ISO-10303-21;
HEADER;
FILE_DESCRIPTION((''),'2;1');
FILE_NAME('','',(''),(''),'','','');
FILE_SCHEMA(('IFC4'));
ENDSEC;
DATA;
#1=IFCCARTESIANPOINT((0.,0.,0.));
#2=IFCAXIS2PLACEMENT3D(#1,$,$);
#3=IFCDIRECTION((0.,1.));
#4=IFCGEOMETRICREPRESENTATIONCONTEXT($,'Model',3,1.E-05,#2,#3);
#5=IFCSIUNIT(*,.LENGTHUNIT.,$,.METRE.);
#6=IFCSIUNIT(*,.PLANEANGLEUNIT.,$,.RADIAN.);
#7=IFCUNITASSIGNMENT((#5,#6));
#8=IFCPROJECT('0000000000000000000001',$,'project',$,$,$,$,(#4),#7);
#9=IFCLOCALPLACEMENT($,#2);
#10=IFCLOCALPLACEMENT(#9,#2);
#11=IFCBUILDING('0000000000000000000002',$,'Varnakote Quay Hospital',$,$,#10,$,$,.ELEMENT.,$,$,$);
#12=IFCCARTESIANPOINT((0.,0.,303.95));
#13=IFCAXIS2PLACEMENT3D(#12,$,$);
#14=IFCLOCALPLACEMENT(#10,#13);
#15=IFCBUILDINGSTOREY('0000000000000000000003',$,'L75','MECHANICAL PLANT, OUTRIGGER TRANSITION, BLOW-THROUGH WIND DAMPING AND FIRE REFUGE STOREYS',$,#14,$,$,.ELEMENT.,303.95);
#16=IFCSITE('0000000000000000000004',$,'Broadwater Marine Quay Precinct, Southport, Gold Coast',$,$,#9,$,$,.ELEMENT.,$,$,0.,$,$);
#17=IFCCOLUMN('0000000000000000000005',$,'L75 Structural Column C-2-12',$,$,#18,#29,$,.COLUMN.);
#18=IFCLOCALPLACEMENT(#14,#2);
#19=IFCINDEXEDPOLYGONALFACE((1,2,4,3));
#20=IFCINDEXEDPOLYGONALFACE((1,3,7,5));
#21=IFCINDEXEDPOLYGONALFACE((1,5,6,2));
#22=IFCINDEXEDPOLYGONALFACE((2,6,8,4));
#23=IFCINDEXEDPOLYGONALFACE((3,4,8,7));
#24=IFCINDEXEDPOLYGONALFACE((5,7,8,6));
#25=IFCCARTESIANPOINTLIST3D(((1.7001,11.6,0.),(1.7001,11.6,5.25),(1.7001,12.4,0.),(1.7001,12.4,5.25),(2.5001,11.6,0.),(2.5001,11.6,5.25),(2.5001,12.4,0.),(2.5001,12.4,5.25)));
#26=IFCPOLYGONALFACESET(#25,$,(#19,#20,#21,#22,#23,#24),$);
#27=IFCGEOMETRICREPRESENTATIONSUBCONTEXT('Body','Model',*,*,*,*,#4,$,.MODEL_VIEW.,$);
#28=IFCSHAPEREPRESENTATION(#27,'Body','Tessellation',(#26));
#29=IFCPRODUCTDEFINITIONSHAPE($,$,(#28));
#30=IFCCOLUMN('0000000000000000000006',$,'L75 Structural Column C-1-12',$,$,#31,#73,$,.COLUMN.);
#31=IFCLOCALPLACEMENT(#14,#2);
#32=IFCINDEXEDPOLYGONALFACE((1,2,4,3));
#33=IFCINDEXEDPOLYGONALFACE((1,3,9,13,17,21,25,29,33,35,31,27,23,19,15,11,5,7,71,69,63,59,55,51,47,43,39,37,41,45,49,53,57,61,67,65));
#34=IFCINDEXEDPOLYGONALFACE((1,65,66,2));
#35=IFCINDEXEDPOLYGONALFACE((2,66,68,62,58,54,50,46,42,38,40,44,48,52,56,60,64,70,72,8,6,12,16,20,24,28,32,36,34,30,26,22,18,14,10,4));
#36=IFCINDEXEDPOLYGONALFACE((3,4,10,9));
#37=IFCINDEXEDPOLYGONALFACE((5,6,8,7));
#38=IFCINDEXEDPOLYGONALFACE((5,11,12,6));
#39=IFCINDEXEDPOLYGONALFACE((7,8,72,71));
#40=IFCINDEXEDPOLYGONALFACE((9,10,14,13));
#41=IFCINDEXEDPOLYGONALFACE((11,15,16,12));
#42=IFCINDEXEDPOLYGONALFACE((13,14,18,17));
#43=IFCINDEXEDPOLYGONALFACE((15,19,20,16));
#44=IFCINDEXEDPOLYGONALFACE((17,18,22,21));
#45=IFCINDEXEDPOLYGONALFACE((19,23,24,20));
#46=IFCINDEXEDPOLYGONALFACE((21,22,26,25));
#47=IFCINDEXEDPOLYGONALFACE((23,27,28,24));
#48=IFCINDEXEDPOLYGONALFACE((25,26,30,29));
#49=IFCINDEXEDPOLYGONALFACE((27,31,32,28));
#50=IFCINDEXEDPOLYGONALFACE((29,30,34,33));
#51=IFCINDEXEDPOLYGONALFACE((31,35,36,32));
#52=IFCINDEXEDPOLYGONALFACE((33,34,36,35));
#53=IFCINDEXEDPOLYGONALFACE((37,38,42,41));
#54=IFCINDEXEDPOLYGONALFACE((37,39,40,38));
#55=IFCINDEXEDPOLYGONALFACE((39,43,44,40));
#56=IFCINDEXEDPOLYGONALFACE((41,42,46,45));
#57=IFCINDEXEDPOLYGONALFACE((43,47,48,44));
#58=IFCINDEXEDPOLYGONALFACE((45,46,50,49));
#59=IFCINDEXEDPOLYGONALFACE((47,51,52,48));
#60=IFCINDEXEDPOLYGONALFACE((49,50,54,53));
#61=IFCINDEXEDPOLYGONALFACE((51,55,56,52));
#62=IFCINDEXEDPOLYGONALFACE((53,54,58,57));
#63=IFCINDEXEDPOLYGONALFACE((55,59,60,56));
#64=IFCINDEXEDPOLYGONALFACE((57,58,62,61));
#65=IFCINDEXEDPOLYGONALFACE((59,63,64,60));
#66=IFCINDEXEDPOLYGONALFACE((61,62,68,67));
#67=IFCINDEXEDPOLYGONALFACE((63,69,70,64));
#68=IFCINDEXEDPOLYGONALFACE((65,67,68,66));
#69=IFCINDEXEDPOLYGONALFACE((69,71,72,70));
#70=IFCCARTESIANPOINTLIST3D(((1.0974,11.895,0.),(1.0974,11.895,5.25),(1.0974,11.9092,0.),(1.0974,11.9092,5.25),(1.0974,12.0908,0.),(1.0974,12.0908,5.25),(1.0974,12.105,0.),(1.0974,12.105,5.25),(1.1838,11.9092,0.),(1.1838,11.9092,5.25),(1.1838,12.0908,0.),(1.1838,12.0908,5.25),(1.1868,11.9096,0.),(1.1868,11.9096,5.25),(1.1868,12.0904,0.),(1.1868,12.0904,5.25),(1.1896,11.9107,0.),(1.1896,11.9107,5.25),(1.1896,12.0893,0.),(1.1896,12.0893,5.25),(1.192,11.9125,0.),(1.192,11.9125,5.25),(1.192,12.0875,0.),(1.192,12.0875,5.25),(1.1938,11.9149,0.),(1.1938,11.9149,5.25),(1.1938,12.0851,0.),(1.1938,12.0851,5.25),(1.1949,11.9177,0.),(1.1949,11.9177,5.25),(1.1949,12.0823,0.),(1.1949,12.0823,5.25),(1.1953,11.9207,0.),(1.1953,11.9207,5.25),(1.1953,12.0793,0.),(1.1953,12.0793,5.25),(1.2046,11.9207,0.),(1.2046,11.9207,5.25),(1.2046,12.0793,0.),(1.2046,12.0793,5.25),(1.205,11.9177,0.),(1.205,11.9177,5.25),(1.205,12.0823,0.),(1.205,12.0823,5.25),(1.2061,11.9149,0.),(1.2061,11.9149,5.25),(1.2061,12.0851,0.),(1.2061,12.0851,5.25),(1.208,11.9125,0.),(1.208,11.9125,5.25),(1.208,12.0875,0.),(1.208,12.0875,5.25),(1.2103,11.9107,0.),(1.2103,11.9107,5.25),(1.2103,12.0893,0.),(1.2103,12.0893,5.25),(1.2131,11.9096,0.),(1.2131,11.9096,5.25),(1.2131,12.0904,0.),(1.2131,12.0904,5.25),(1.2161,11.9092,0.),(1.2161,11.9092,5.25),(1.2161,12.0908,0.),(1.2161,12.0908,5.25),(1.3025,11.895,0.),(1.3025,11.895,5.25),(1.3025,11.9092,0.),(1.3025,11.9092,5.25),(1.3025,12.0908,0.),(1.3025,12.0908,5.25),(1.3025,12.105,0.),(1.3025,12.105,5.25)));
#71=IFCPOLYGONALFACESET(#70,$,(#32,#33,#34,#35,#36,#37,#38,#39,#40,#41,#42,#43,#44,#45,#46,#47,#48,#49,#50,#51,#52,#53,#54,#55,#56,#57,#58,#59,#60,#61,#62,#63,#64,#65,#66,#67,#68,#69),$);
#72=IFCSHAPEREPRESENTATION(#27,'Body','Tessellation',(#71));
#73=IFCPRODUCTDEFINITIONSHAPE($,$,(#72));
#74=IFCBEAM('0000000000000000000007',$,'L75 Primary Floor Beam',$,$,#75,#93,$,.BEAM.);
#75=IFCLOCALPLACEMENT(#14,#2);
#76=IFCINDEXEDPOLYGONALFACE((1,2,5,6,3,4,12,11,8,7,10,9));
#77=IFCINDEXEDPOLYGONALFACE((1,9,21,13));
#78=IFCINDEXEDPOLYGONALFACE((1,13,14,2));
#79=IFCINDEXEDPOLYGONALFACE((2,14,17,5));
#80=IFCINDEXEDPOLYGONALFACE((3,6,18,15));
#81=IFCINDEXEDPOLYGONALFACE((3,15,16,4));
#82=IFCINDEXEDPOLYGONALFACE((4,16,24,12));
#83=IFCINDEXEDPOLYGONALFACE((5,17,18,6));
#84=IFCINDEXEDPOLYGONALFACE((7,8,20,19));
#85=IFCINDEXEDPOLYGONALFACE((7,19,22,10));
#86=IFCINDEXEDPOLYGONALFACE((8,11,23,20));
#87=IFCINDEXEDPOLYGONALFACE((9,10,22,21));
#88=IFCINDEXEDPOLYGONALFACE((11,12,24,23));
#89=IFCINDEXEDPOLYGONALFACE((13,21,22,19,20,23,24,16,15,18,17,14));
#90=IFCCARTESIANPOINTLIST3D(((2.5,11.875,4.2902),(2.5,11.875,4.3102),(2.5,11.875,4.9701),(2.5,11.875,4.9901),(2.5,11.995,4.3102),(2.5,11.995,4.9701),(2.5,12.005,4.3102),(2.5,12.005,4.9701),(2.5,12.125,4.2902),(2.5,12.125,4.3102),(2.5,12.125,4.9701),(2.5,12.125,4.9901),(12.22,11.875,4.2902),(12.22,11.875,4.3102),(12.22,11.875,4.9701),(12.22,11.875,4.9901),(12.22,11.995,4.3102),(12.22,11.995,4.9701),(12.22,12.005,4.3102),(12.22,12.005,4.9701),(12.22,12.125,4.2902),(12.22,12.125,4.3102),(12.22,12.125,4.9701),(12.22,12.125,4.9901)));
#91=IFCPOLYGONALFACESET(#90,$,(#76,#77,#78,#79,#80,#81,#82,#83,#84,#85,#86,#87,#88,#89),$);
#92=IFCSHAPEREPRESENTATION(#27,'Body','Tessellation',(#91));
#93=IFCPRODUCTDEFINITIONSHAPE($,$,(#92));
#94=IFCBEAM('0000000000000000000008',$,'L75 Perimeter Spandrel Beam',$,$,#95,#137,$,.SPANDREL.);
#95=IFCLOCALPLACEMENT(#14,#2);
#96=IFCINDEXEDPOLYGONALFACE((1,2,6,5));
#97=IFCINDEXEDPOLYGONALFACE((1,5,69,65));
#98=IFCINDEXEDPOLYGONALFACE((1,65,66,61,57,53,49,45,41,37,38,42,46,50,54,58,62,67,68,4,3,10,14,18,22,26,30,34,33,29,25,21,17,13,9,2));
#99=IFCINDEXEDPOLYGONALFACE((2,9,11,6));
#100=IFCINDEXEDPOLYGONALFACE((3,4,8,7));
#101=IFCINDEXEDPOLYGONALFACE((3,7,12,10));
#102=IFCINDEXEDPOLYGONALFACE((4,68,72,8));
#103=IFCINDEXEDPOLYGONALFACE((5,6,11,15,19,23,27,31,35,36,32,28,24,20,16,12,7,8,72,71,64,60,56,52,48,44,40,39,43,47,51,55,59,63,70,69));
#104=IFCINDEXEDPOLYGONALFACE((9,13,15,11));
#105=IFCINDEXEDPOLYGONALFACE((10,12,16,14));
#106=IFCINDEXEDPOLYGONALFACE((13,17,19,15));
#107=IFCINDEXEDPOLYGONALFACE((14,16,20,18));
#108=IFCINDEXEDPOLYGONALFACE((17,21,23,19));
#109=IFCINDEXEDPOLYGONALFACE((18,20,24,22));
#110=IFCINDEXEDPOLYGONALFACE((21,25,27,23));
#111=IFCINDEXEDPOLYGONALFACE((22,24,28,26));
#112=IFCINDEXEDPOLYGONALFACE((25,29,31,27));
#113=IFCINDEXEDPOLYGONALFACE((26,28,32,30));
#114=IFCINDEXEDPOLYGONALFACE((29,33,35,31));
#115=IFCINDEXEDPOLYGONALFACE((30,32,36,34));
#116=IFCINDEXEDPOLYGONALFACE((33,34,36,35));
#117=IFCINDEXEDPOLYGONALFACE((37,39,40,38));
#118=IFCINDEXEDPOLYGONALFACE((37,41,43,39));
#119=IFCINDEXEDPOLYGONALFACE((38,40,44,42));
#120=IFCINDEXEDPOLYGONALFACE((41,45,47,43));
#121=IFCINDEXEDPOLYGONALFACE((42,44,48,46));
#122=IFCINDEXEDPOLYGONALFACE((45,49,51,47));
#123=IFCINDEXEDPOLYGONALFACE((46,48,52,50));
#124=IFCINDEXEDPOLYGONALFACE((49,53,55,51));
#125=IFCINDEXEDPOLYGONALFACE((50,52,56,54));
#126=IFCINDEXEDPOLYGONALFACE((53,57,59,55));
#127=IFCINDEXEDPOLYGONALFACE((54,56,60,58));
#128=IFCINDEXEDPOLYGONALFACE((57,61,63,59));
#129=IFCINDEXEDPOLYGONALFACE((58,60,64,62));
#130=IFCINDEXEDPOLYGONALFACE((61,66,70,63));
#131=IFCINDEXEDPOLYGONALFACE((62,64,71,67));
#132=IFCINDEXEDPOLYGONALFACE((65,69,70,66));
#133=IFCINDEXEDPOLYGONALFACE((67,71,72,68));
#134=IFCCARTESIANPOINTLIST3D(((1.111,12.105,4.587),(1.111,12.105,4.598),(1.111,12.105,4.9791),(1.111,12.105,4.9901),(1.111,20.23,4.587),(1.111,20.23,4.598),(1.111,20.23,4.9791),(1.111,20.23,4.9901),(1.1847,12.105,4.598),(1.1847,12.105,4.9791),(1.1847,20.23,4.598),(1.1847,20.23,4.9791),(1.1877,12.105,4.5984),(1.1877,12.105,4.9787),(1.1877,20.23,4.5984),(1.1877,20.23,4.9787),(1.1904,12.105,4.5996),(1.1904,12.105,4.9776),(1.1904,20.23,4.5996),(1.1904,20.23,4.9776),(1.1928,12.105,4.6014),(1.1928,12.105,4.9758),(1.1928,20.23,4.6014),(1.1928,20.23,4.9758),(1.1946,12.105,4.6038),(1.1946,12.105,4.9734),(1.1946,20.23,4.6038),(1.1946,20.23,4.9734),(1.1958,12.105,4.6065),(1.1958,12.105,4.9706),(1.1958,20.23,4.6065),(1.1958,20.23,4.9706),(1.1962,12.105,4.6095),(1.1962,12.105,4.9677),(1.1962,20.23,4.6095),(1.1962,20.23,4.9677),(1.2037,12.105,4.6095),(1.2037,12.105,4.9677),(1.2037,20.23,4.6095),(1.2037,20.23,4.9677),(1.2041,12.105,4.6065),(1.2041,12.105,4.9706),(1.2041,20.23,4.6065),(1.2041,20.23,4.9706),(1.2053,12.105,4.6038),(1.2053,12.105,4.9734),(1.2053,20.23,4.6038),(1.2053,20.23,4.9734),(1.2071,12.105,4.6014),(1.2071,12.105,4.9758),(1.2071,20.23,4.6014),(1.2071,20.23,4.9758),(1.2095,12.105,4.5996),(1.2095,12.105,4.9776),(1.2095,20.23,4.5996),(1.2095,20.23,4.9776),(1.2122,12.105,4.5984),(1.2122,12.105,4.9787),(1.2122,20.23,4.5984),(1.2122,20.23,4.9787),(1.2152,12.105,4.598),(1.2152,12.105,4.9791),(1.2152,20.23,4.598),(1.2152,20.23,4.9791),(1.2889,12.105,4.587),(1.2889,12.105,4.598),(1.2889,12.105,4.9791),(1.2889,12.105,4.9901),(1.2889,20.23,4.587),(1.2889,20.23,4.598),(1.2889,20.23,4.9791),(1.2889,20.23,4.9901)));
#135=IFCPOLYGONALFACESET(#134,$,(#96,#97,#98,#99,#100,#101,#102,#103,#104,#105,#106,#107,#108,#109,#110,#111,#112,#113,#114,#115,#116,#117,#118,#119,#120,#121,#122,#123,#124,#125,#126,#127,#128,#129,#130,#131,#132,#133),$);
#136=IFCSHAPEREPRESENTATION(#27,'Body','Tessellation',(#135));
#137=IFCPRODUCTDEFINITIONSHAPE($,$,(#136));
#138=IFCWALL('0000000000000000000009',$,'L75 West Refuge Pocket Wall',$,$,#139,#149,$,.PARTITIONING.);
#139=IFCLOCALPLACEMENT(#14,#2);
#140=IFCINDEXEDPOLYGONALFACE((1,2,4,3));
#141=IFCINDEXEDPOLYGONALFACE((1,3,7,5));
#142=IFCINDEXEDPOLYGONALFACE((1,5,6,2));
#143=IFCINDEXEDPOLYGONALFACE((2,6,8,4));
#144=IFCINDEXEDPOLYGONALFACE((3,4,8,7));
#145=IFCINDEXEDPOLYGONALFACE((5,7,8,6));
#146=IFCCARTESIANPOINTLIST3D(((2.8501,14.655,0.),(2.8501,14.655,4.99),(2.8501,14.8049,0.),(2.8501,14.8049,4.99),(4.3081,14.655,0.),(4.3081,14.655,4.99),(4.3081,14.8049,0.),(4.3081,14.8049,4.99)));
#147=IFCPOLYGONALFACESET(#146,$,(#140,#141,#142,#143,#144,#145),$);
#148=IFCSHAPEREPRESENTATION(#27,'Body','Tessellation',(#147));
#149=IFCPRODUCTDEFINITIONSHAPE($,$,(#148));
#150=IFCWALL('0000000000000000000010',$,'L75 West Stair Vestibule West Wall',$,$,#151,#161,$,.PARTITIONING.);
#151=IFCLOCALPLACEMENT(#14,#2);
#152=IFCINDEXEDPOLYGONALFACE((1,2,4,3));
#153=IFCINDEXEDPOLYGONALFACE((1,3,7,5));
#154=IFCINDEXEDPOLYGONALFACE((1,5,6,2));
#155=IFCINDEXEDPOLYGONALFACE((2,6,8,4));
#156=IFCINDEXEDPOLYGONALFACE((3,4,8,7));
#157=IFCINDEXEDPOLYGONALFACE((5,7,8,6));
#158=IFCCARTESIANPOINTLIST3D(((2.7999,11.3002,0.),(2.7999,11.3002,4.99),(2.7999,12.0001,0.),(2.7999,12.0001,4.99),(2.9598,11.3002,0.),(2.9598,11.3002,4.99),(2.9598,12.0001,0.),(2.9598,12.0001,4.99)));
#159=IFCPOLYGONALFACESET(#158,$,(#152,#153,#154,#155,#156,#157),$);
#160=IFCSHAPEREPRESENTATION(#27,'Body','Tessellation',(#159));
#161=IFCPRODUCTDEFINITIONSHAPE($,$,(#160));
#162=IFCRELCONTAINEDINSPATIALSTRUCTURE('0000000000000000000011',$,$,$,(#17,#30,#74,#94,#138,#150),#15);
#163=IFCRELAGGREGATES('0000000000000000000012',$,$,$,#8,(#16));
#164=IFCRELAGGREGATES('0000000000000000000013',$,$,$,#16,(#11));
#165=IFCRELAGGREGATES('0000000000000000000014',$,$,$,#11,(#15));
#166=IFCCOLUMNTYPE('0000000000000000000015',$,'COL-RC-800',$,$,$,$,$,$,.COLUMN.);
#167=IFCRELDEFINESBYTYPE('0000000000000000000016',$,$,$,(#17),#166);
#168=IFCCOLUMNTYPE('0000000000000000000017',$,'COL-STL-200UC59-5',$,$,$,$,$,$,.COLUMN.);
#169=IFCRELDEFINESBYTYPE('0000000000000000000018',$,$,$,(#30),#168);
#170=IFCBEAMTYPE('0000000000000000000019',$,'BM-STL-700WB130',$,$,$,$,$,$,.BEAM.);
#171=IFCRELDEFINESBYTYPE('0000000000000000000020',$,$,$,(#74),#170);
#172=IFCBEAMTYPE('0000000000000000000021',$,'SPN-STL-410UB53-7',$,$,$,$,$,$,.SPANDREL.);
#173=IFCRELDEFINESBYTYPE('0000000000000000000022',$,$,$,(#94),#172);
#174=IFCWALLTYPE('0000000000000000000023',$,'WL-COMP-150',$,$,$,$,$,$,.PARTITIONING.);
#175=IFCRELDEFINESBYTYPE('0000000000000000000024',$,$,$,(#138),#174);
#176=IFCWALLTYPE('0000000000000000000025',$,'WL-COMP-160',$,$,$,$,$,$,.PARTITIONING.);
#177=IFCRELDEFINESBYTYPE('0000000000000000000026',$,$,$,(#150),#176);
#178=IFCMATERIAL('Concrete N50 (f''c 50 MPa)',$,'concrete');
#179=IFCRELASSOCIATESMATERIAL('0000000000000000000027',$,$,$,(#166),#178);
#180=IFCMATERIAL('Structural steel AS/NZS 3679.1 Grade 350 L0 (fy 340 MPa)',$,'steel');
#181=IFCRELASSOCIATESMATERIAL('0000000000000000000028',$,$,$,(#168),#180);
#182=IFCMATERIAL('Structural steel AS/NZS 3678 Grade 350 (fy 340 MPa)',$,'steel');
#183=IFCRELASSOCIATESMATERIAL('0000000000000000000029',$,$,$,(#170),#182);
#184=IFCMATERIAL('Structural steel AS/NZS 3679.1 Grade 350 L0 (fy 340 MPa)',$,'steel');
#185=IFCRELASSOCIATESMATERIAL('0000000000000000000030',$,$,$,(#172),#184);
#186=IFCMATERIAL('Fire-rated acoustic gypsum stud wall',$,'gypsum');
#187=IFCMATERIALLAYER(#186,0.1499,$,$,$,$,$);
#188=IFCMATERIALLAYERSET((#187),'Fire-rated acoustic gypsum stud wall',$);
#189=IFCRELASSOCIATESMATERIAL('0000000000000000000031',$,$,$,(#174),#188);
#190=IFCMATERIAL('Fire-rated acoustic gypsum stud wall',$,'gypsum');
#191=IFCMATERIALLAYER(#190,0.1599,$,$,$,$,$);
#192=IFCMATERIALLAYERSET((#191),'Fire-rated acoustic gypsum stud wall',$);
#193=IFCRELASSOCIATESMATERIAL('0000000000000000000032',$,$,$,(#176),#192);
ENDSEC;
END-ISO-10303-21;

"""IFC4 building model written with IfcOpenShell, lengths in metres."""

from ifc_helpers import new_model, si_unit, direction, frame, frame_2d, origin, origin_2d, place, context, subcontext, project, spatial, rectangle, i_section, extrude, material, layer, layer_set, material_profile, profile_set, type_object, element, save


model = new_model("IFC4")

# Units and contexts
model_context = context("Model", 3, precision=1e-05, world=origin(), true_north=direction((0.0, 1.0)))
body_context = subcontext(model_context, "Body", "Model", "MODEL_VIEW")
ifc_project = project(units=[si_unit("LENGTHUNIT", "METRE"), si_unit("PLANEANGLEUNIT", "RADIAN")], contexts=[model_context])

# Site, building, storey
site_placement = place(None, origin())
site = spatial("IfcSite", under=ifc_project, at=site_placement, Name="Broadwater Marine Quay Precinct, Southport, Gold Coast", CompositionType="ELEMENT", RefElevation=0.0)
building_placement = place(site_placement, origin())
building = spatial("IfcBuilding", under=site, at=building_placement, Name="Varnakote Quay Hospital", CompositionType="ELEMENT")
storey_placement = place(building_placement, frame((0.0, 0.0, 303.95)))
storey = spatial("IfcBuildingStorey", under=building, at=storey_placement, Name="L75", Description="MECHANICAL PLANT, OUTRIGGER TRANSITION, BLOW-THROUGH WIND DAMPING AND FIRE REFUGE STOREYS", CompositionType="ELEMENT", Elevation=303.95)

# Columns
ifc_material_1 = material(Name="Concrete N50 (f'c 50 MPa)", Category="concrete")
ifc_material_profile_1 = material_profile(ifc_material_1, rectangle(XDim=0.8, YDim=0.8, at=origin_2d()), Name="RC-COL-800x800")
ifc_profile_set_1 = profile_set([ifc_material_profile_1], Name="Concrete N50 (f'c 50 MPa)")
column_type_1 = type_object("IfcColumnType", Name="COL-RC-800", PredefinedType="COLUMN", material=ifc_profile_set_1)
column_1_placement = place(storey_placement, frame((2.1001, 12.0, 0.0), z_axis=(0.0, 0.0, 1.0), x_axis=(1.0, 0.0, 0.0)))
element("IfcColumn", 1, at=column_1_placement, inside=storey, type_object=column_type_1, Name="L75 Structural Column C-2-12", PredefinedType="COLUMN", context=body_context, shape_type="SweptSolid", body=[
    extrude(rectangle(XDim=0.8, YDim=0.8, at=origin_2d()), origin(), (0.0, 0.0, 1.0), 5.25),
])
ifc_material_2 = material(Name="Structural steel AS/NZS 3679.1 Grade 350 L0 (fy 340 MPa)", Category="steel")
ifc_material_profile_2 = material_profile(ifc_material_2, i_section(OverallWidth=0.2051, OverallDepth=0.21, WebThickness=0.0093, FlangeThickness=0.0142, FilletRadius=0.0115, at=origin_2d()), Name="200UC59.5")
ifc_profile_set_2 = profile_set([ifc_material_profile_2], Name="Structural steel AS/NZS 3679.1 Grade 350 L0 (fy 340 MPa)")
column_type_2 = type_object("IfcColumnType", Name="COL-STL-200UC59-5", PredefinedType="COLUMN", material=ifc_profile_set_2)
column_2_placement = place(storey_placement, frame((1.2, 12.0, 0.0), z_axis=(0.0, 0.0, 1.0), x_axis=(1.0, 0.0, 0.0)))
element("IfcColumn", 2, at=column_2_placement, inside=storey, type_object=column_type_2, Name="L75 Structural Column C-1-12", PredefinedType="COLUMN", context=body_context, shape_type="SweptSolid", body=[
    extrude(i_section(OverallWidth=0.2051, OverallDepth=0.21, WebThickness=0.0093, FlangeThickness=0.0142, FilletRadius=0.0115, at=origin_2d()), origin(), (0.0, 0.0, 1.0), 5.25),
])

# Beams
ifc_material_3 = material(Name="Structural steel AS/NZS 3678 Grade 350 (fy 340 MPa)", Category="steel")
ifc_material_profile_3 = material_profile(ifc_material_3, i_section(OverallWidth=0.25, OverallDepth=0.7, WebThickness=0.01, FlangeThickness=0.02, at=origin_2d()), Name="700WB130")
ifc_profile_set_3 = profile_set([ifc_material_profile_3], Name="Structural steel AS/NZS 3678 Grade 350 (fy 340 MPa)")
beam_type_1 = type_object("IfcBeamType", Name="BM-STL-700WB130", PredefinedType="BEAM", material=ifc_profile_set_3)
beam_1_placement = place(storey_placement, frame((2.5, 12.0, 4.6401), z_axis=(1.0, 0.0, 0.0), x_axis=(0.0, 1.0, 0.0)))
element("IfcBeam", 3, at=beam_1_placement, inside=storey, type_object=beam_type_1, Name="L75 Primary Floor Beam", PredefinedType="BEAM", context=body_context, shape_type="SweptSolid", body=[
    extrude(i_section(OverallWidth=0.25, OverallDepth=0.7, WebThickness=0.01, FlangeThickness=0.02, at=origin_2d()), origin(), (0.0, 0.0, 1.0), 9.72),
])
ifc_material_4 = material(Name="Structural steel AS/NZS 3679.1 Grade 350 L0 (fy 340 MPa)", Category="steel")
ifc_material_profile_4 = material_profile(ifc_material_4, i_section(OverallWidth=0.178, OverallDepth=0.4031, WebThickness=0.0076, FlangeThickness=0.011, FilletRadius=0.0115, at=origin_2d()), Name="410UB53.7")
ifc_profile_set_4 = profile_set([ifc_material_profile_4], Name="Structural steel AS/NZS 3679.1 Grade 350 L0 (fy 340 MPa)")
beam_type_2 = type_object("IfcBeamType", Name="SPN-STL-410UB53-7", PredefinedType="SPANDREL", material=ifc_profile_set_4)
beam_2_placement = place(storey_placement, frame((1.2, 12.105, 4.7886), z_axis=(0.0, 1.0, 0.0), x_axis=(-1.0, 0.0, 0.0)))
element("IfcBeam", 4, at=beam_2_placement, inside=storey, type_object=beam_type_2, Name="L75 Perimeter Spandrel Beam", PredefinedType="SPANDREL", context=body_context, shape_type="SweptSolid", body=[
    extrude(i_section(OverallWidth=0.178, OverallDepth=0.4031, WebThickness=0.0076, FlangeThickness=0.011, FilletRadius=0.0115, at=origin_2d()), origin(), (0.0, 0.0, 1.0), 8.125),
])

# Walls
ifc_material_5 = material(Name="Fire-rated acoustic gypsum stud wall", Category="gypsum")
ifc_layer_1 = layer(ifc_material_5, 0.1499)
ifc_layer_set_1 = layer_set([ifc_layer_1], Name="Fire-rated acoustic gypsum stud wall")
wall_type_1 = type_object("IfcWallType", Name="WL-COMP-150", PredefinedType="PARTITIONING", material=ifc_layer_set_1)
wall_1_placement = place(storey_placement, frame((2.8501, 14.73, 0.0), z_axis=(0.0, 0.0, 1.0), x_axis=(1.0, 0.0, 0.0)))
element("IfcWall", 5, at=wall_1_placement, inside=storey, type_object=wall_type_1, Name="L75 West Refuge Pocket Wall", PredefinedType="PARTITIONING", context=body_context, shape_type="SweptSolid", body=[
    extrude(rectangle(XDim=1.458, YDim=0.1499, at=frame_2d((0.729, 0.0))), origin(), (0.0, 0.0, 1.0), 4.99),
])
ifc_material_6 = material(Name="Fire-rated acoustic gypsum stud wall", Category="gypsum")
ifc_layer_2 = layer(ifc_material_6, 0.1599)
ifc_layer_set_2 = layer_set([ifc_layer_2], Name="Fire-rated acoustic gypsum stud wall")
wall_type_2 = type_object("IfcWallType", Name="WL-COMP-160", PredefinedType="PARTITIONING", material=ifc_layer_set_2)
wall_2_placement = place(storey_placement, frame((2.8799, 11.3, 0.0), z_axis=(0.0, 0.0, 1.0), x_axis=(0.0, 1.0, 0.0)))
element("IfcWall", 6, at=wall_2_placement, inside=storey, type_object=wall_type_2, Name="L75 West Stair Vestibule West Wall", PredefinedType="PARTITIONING", context=body_context, shape_type="SweptSolid", body=[
    extrude(rectangle(XDim=0.7, YDim=0.1599, at=frame_2d((0.3501, 0.0))), origin(), (0.0, 0.0, 1.0), 4.99),
])

save(model, "model.ifc")
